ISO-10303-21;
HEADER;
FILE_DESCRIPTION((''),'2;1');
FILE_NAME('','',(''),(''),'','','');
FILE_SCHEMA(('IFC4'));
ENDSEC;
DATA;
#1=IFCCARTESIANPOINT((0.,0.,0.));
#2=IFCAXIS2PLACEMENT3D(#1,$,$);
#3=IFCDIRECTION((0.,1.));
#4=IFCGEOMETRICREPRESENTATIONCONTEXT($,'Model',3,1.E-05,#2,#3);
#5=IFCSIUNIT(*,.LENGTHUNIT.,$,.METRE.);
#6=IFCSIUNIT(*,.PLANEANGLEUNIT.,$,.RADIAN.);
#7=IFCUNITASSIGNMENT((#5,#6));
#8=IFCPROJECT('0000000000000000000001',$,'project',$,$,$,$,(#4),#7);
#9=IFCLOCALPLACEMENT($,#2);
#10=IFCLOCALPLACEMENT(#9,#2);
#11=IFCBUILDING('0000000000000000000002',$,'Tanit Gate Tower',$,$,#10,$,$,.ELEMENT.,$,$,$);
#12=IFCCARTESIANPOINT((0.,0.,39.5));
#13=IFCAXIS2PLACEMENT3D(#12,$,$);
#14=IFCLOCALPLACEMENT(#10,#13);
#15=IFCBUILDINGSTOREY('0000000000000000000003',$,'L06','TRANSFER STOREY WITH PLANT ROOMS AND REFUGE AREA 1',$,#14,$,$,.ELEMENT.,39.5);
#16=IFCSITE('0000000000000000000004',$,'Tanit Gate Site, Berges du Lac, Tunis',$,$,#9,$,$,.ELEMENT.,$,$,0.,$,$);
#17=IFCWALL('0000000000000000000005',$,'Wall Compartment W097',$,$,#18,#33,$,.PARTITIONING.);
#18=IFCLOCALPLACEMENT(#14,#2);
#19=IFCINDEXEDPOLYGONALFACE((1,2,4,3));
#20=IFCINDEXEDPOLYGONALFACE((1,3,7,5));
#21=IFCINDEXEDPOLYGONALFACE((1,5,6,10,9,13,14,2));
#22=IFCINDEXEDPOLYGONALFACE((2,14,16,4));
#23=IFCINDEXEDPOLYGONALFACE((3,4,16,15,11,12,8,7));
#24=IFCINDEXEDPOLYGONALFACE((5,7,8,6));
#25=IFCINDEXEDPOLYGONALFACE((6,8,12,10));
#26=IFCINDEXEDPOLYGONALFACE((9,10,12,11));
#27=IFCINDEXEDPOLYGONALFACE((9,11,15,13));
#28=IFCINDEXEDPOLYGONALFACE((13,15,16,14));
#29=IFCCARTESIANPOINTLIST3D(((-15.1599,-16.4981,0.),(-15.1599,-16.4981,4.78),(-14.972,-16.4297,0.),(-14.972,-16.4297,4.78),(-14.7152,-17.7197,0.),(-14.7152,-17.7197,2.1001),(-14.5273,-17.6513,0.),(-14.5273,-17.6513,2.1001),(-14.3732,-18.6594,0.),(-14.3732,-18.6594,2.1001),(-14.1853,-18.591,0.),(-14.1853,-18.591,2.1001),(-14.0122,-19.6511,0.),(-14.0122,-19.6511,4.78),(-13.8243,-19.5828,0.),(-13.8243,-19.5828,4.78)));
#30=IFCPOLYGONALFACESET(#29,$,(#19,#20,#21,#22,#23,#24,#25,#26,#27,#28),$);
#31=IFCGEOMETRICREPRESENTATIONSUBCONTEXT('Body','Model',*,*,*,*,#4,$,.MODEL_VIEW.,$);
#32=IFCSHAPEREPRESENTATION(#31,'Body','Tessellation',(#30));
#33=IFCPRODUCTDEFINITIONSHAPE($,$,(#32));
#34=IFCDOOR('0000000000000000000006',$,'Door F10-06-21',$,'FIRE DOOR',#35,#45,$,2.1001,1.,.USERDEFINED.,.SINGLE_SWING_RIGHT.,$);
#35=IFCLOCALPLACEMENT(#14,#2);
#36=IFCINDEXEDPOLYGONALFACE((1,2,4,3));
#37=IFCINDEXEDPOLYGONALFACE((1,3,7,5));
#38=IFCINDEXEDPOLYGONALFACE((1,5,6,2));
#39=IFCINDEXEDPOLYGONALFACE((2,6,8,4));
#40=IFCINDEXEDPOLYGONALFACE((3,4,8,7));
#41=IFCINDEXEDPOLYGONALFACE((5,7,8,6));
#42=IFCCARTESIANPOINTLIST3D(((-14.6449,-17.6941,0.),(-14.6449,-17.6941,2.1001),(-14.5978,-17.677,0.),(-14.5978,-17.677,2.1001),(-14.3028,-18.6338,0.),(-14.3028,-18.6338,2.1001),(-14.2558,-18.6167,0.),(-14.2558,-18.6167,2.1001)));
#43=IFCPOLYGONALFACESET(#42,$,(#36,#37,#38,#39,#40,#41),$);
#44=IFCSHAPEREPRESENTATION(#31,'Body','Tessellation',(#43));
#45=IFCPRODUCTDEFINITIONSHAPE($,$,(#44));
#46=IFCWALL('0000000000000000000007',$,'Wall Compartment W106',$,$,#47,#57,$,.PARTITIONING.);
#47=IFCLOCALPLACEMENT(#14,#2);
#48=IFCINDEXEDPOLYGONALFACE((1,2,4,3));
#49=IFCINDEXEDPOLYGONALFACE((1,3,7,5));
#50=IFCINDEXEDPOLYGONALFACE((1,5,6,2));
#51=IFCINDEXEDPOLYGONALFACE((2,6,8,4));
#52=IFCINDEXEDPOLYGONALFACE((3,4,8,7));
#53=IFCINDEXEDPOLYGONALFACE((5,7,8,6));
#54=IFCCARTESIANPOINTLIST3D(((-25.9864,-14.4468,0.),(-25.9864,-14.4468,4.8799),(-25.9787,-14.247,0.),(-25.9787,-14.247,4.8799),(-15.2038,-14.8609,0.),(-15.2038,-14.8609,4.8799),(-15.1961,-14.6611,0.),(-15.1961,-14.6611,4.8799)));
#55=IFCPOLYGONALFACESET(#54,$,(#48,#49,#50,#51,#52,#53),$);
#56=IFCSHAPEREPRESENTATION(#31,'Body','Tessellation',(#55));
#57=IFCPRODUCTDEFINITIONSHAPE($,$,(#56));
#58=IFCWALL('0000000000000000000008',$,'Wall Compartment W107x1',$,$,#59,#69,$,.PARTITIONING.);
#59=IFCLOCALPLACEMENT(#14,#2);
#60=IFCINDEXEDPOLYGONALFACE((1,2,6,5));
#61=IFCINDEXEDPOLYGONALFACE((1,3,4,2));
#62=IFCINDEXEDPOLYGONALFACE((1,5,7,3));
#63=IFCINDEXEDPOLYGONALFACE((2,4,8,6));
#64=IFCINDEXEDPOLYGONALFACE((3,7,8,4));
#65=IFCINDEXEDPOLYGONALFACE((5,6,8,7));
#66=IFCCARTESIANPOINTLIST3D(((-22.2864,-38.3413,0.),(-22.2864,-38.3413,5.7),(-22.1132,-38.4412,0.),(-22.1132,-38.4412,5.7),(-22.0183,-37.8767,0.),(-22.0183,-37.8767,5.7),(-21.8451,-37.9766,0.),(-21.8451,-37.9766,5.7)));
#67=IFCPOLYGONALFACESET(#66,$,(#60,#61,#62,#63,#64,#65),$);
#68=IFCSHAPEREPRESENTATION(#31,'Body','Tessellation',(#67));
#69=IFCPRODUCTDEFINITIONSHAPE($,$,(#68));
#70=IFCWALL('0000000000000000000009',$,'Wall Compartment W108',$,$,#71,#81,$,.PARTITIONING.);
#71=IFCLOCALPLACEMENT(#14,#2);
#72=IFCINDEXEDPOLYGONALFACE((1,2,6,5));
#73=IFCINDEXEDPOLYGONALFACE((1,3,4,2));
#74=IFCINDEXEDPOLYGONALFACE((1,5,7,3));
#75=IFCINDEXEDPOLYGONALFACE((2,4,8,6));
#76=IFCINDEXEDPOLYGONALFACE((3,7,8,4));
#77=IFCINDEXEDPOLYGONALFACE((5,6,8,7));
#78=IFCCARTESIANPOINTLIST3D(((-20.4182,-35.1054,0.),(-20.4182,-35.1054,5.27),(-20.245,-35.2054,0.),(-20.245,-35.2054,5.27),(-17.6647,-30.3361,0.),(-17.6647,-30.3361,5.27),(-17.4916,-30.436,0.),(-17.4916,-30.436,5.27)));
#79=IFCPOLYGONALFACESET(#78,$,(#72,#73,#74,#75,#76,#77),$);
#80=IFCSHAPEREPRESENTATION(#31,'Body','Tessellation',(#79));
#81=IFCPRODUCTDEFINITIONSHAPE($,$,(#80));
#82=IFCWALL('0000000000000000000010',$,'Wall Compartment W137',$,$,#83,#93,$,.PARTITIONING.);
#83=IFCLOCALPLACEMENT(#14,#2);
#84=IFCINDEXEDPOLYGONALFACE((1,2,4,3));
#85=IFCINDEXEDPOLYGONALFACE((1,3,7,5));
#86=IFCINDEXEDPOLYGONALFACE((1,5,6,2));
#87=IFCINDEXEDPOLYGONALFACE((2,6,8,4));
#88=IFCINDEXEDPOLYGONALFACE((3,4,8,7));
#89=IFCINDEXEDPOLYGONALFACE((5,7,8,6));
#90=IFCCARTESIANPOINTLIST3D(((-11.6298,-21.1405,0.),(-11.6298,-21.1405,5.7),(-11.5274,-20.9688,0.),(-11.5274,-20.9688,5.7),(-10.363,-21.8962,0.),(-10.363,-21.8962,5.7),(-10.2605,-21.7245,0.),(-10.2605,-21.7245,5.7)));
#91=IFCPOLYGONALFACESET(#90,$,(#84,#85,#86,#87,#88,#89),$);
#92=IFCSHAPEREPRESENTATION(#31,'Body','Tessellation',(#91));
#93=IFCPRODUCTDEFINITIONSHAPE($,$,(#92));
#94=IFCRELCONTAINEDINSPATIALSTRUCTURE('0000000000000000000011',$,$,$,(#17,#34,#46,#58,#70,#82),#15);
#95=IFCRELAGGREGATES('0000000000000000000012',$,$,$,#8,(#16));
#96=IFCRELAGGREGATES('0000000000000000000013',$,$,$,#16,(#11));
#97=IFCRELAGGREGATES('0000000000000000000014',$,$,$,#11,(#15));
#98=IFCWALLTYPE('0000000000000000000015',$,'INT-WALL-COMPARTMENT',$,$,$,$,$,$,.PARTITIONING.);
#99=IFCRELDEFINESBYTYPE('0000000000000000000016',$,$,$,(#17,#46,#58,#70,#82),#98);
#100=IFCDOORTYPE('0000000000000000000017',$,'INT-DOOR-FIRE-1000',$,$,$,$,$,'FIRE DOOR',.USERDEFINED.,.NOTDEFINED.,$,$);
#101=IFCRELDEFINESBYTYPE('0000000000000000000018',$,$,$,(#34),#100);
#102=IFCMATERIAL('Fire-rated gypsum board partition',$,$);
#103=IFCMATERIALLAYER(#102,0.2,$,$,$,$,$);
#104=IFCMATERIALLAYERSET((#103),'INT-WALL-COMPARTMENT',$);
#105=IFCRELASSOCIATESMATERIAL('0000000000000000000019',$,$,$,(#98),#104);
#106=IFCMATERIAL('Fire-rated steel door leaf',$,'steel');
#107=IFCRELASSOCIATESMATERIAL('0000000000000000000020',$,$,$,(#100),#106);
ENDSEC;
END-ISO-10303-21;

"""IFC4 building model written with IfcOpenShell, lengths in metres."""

from ifc_helpers import new_model, si_unit, direction, frame, frame_2d, origin, place, context, subcontext, project, spatial, rectangle, extrude, material, layer, layer_set, type_object, element, fill, save


model = new_model("IFC4")

# Units and contexts
model_context = context("Model", 3, precision=1e-05, world=origin(), true_north=direction((0.0, 1.0)))
body_context = subcontext(model_context, "Body", "Model", "MODEL_VIEW")
ifc_project = project(units=[si_unit("LENGTHUNIT", "METRE"), si_unit("PLANEANGLEUNIT", "RADIAN")], contexts=[model_context])

# Site, building, storey
site_placement = place(None, origin())
site = spatial("IfcSite", under=ifc_project, at=site_placement, Name="Tanit Gate Site, Berges du Lac, Tunis", CompositionType="ELEMENT", RefElevation=0.0)
building_placement = place(site_placement, origin())
building = spatial("IfcBuilding", under=site, at=building_placement, Name="Tanit Gate Tower", CompositionType="ELEMENT")
storey_placement = place(building_placement, frame((0.0, 0.0, 39.5)))
storey = spatial("IfcBuildingStorey", under=building, at=storey_placement, Name="L06", Description="TRANSFER STOREY WITH PLANT ROOMS AND REFUGE AREA 1", CompositionType="ELEMENT", Elevation=39.5)

# Shared definitions
ifc_material_1 = material(Name="Fire-rated gypsum board partition")
ifc_layer_1 = layer(ifc_material_1, 0.2)
ifc_layer_set_1 = layer_set([ifc_layer_1], Name="INT-WALL-COMPARTMENT")
wall_type_1 = type_object("IfcWallType", Name="INT-WALL-COMPARTMENT", PredefinedType="PARTITIONING", material=ifc_layer_set_1)

# Wall, opening, door
wall_1_placement = place(storey_placement, frame((-15.0659, -16.4639, 0.0), z_axis=(0.0, 0.0, 1.0), x_axis=(0.342041, -0.939685, 0.0)))
wall_1 = element("IfcWall", 1, at=wall_1_placement, inside=storey, type_object=wall_type_1, Name="Wall Compartment W097", PredefinedType="PARTITIONING", context=body_context, shape_type="SweptSolid", body=[
    extrude(rectangle(XDim=3.3555, YDim=0.2, at=frame_2d((1.6777, 0.0))), origin(), (0.0, 0.0, 1.0), 4.78),
])
opening_placement = place(wall_1_placement, frame((1.3, 0.0, 0.0)))
opening = element("IfcOpeningElement", 2, at=opening_placement, cuts=wall_1, PredefinedType="OPENING", context=body_context, shape_type="SweptSolid", body=[
    extrude(rectangle(XDim=1.0, YDim=2.1001, at=frame_2d((0.5, 1.05))), frame((0.0, 0.1099, 0.0), z_axis=(0.0, -1.0, 0.0), x_axis=(1.0, 0.0, 0.0)), (0.0, 0.0, 1.0), 0.22),
])
ifc_material_2 = material(Name="Fire-rated steel door leaf", Category="steel")
door_type = type_object("IfcDoorType", Name="INT-DOOR-FIRE-1000", ElementType="FIRE DOOR", OperationType="NOTDEFINED", PredefinedType="USERDEFINED", material=ifc_material_2)
door_placement = place(opening_placement, origin())
door = element("IfcDoor", 3, at=door_placement, inside=storey, type_object=door_type, Name="Door F10-06-21", ObjectType="FIRE DOOR", OperationType="SINGLE_SWING_RIGHT", OverallHeight=2.1001, OverallWidth=1.0, PredefinedType="USERDEFINED", context=body_context, shape_type="SweptSolid", body=[
    extrude(rectangle(XDim=1.0, YDim=2.1001, at=frame_2d((0.5, 1.05))), frame((0.0, 0.0249, 0.0), z_axis=(0.0, -1.0, 0.0), x_axis=(1.0, 0.0, 0.0)), (0.0, 0.0, 1.0), 0.05),
])
fill(opening, door)

# Walls
wall_2_placement = place(storey_placement, frame((-15.2, -14.761, 0.0), z_axis=(0.0, 0.0, 1.0), x_axis=(-0.999263, 0.038373, 0.0)))
element("IfcWall", 4, at=wall_2_placement, inside=storey, type_object=wall_type_1, Name="Wall Compartment W106", PredefinedType="PARTITIONING", context=body_context, shape_type="SweptSolid", body=[
    extrude(rectangle(XDim=10.7905, YDim=0.2, at=frame_2d((5.3953, 0.0))), origin(), (0.0, 0.0, 1.0), 4.8799),
])
wall_3_placement = place(storey_placement, frame((-22.1997, -38.3911, 0.0), z_axis=(0.0, 0.0, 1.0), x_axis=(0.499762, 0.866163, 0.0)))
element("IfcWall", 5, at=wall_3_placement, inside=storey, type_object=wall_type_1, Name="Wall Compartment W107x1", PredefinedType="PARTITIONING", context=body_context, shape_type="SweptSolid", body=[
    extrude(rectangle(XDim=0.5364, YDim=0.2, at=frame_2d((0.2681, 0.0))), origin(), (0.0, 0.0, 1.0), 5.7),
])
wall_4_placement = place(storey_placement, frame((-20.3315, -35.1553, 0.0), z_axis=(0.0, 0.0, 1.0), x_axis=(0.499982, 0.866036, 0.0)))
element("IfcWall", 6, at=wall_4_placement, inside=storey, type_object=wall_type_1, Name="Wall Compartment W108", PredefinedType="PARTITIONING", context=body_context, shape_type="SweptSolid", body=[
    extrude(rectangle(XDim=5.5071, YDim=0.2, at=frame_2d((2.7534, 0.0))), origin(), (0.0, 0.0, 1.0), 5.27),
])
wall_5_placement = place(storey_placement, frame((-11.5786, -21.0547, 0.0), z_axis=(0.0, 0.0, 1.0), x_axis=(0.858834, -0.512255, 0.0)))
element("IfcWall", 7, at=wall_5_placement, inside=storey, type_object=wall_type_1, Name="Wall Compartment W137", PredefinedType="PARTITIONING", context=body_context, shape_type="SweptSolid", body=[
    extrude(rectangle(XDim=1.4751, YDim=0.2, at=frame_2d((0.7375, 0.0))), origin(), (0.0, 0.0, 1.0), 5.7),
])

save(model, "model.ifc")
